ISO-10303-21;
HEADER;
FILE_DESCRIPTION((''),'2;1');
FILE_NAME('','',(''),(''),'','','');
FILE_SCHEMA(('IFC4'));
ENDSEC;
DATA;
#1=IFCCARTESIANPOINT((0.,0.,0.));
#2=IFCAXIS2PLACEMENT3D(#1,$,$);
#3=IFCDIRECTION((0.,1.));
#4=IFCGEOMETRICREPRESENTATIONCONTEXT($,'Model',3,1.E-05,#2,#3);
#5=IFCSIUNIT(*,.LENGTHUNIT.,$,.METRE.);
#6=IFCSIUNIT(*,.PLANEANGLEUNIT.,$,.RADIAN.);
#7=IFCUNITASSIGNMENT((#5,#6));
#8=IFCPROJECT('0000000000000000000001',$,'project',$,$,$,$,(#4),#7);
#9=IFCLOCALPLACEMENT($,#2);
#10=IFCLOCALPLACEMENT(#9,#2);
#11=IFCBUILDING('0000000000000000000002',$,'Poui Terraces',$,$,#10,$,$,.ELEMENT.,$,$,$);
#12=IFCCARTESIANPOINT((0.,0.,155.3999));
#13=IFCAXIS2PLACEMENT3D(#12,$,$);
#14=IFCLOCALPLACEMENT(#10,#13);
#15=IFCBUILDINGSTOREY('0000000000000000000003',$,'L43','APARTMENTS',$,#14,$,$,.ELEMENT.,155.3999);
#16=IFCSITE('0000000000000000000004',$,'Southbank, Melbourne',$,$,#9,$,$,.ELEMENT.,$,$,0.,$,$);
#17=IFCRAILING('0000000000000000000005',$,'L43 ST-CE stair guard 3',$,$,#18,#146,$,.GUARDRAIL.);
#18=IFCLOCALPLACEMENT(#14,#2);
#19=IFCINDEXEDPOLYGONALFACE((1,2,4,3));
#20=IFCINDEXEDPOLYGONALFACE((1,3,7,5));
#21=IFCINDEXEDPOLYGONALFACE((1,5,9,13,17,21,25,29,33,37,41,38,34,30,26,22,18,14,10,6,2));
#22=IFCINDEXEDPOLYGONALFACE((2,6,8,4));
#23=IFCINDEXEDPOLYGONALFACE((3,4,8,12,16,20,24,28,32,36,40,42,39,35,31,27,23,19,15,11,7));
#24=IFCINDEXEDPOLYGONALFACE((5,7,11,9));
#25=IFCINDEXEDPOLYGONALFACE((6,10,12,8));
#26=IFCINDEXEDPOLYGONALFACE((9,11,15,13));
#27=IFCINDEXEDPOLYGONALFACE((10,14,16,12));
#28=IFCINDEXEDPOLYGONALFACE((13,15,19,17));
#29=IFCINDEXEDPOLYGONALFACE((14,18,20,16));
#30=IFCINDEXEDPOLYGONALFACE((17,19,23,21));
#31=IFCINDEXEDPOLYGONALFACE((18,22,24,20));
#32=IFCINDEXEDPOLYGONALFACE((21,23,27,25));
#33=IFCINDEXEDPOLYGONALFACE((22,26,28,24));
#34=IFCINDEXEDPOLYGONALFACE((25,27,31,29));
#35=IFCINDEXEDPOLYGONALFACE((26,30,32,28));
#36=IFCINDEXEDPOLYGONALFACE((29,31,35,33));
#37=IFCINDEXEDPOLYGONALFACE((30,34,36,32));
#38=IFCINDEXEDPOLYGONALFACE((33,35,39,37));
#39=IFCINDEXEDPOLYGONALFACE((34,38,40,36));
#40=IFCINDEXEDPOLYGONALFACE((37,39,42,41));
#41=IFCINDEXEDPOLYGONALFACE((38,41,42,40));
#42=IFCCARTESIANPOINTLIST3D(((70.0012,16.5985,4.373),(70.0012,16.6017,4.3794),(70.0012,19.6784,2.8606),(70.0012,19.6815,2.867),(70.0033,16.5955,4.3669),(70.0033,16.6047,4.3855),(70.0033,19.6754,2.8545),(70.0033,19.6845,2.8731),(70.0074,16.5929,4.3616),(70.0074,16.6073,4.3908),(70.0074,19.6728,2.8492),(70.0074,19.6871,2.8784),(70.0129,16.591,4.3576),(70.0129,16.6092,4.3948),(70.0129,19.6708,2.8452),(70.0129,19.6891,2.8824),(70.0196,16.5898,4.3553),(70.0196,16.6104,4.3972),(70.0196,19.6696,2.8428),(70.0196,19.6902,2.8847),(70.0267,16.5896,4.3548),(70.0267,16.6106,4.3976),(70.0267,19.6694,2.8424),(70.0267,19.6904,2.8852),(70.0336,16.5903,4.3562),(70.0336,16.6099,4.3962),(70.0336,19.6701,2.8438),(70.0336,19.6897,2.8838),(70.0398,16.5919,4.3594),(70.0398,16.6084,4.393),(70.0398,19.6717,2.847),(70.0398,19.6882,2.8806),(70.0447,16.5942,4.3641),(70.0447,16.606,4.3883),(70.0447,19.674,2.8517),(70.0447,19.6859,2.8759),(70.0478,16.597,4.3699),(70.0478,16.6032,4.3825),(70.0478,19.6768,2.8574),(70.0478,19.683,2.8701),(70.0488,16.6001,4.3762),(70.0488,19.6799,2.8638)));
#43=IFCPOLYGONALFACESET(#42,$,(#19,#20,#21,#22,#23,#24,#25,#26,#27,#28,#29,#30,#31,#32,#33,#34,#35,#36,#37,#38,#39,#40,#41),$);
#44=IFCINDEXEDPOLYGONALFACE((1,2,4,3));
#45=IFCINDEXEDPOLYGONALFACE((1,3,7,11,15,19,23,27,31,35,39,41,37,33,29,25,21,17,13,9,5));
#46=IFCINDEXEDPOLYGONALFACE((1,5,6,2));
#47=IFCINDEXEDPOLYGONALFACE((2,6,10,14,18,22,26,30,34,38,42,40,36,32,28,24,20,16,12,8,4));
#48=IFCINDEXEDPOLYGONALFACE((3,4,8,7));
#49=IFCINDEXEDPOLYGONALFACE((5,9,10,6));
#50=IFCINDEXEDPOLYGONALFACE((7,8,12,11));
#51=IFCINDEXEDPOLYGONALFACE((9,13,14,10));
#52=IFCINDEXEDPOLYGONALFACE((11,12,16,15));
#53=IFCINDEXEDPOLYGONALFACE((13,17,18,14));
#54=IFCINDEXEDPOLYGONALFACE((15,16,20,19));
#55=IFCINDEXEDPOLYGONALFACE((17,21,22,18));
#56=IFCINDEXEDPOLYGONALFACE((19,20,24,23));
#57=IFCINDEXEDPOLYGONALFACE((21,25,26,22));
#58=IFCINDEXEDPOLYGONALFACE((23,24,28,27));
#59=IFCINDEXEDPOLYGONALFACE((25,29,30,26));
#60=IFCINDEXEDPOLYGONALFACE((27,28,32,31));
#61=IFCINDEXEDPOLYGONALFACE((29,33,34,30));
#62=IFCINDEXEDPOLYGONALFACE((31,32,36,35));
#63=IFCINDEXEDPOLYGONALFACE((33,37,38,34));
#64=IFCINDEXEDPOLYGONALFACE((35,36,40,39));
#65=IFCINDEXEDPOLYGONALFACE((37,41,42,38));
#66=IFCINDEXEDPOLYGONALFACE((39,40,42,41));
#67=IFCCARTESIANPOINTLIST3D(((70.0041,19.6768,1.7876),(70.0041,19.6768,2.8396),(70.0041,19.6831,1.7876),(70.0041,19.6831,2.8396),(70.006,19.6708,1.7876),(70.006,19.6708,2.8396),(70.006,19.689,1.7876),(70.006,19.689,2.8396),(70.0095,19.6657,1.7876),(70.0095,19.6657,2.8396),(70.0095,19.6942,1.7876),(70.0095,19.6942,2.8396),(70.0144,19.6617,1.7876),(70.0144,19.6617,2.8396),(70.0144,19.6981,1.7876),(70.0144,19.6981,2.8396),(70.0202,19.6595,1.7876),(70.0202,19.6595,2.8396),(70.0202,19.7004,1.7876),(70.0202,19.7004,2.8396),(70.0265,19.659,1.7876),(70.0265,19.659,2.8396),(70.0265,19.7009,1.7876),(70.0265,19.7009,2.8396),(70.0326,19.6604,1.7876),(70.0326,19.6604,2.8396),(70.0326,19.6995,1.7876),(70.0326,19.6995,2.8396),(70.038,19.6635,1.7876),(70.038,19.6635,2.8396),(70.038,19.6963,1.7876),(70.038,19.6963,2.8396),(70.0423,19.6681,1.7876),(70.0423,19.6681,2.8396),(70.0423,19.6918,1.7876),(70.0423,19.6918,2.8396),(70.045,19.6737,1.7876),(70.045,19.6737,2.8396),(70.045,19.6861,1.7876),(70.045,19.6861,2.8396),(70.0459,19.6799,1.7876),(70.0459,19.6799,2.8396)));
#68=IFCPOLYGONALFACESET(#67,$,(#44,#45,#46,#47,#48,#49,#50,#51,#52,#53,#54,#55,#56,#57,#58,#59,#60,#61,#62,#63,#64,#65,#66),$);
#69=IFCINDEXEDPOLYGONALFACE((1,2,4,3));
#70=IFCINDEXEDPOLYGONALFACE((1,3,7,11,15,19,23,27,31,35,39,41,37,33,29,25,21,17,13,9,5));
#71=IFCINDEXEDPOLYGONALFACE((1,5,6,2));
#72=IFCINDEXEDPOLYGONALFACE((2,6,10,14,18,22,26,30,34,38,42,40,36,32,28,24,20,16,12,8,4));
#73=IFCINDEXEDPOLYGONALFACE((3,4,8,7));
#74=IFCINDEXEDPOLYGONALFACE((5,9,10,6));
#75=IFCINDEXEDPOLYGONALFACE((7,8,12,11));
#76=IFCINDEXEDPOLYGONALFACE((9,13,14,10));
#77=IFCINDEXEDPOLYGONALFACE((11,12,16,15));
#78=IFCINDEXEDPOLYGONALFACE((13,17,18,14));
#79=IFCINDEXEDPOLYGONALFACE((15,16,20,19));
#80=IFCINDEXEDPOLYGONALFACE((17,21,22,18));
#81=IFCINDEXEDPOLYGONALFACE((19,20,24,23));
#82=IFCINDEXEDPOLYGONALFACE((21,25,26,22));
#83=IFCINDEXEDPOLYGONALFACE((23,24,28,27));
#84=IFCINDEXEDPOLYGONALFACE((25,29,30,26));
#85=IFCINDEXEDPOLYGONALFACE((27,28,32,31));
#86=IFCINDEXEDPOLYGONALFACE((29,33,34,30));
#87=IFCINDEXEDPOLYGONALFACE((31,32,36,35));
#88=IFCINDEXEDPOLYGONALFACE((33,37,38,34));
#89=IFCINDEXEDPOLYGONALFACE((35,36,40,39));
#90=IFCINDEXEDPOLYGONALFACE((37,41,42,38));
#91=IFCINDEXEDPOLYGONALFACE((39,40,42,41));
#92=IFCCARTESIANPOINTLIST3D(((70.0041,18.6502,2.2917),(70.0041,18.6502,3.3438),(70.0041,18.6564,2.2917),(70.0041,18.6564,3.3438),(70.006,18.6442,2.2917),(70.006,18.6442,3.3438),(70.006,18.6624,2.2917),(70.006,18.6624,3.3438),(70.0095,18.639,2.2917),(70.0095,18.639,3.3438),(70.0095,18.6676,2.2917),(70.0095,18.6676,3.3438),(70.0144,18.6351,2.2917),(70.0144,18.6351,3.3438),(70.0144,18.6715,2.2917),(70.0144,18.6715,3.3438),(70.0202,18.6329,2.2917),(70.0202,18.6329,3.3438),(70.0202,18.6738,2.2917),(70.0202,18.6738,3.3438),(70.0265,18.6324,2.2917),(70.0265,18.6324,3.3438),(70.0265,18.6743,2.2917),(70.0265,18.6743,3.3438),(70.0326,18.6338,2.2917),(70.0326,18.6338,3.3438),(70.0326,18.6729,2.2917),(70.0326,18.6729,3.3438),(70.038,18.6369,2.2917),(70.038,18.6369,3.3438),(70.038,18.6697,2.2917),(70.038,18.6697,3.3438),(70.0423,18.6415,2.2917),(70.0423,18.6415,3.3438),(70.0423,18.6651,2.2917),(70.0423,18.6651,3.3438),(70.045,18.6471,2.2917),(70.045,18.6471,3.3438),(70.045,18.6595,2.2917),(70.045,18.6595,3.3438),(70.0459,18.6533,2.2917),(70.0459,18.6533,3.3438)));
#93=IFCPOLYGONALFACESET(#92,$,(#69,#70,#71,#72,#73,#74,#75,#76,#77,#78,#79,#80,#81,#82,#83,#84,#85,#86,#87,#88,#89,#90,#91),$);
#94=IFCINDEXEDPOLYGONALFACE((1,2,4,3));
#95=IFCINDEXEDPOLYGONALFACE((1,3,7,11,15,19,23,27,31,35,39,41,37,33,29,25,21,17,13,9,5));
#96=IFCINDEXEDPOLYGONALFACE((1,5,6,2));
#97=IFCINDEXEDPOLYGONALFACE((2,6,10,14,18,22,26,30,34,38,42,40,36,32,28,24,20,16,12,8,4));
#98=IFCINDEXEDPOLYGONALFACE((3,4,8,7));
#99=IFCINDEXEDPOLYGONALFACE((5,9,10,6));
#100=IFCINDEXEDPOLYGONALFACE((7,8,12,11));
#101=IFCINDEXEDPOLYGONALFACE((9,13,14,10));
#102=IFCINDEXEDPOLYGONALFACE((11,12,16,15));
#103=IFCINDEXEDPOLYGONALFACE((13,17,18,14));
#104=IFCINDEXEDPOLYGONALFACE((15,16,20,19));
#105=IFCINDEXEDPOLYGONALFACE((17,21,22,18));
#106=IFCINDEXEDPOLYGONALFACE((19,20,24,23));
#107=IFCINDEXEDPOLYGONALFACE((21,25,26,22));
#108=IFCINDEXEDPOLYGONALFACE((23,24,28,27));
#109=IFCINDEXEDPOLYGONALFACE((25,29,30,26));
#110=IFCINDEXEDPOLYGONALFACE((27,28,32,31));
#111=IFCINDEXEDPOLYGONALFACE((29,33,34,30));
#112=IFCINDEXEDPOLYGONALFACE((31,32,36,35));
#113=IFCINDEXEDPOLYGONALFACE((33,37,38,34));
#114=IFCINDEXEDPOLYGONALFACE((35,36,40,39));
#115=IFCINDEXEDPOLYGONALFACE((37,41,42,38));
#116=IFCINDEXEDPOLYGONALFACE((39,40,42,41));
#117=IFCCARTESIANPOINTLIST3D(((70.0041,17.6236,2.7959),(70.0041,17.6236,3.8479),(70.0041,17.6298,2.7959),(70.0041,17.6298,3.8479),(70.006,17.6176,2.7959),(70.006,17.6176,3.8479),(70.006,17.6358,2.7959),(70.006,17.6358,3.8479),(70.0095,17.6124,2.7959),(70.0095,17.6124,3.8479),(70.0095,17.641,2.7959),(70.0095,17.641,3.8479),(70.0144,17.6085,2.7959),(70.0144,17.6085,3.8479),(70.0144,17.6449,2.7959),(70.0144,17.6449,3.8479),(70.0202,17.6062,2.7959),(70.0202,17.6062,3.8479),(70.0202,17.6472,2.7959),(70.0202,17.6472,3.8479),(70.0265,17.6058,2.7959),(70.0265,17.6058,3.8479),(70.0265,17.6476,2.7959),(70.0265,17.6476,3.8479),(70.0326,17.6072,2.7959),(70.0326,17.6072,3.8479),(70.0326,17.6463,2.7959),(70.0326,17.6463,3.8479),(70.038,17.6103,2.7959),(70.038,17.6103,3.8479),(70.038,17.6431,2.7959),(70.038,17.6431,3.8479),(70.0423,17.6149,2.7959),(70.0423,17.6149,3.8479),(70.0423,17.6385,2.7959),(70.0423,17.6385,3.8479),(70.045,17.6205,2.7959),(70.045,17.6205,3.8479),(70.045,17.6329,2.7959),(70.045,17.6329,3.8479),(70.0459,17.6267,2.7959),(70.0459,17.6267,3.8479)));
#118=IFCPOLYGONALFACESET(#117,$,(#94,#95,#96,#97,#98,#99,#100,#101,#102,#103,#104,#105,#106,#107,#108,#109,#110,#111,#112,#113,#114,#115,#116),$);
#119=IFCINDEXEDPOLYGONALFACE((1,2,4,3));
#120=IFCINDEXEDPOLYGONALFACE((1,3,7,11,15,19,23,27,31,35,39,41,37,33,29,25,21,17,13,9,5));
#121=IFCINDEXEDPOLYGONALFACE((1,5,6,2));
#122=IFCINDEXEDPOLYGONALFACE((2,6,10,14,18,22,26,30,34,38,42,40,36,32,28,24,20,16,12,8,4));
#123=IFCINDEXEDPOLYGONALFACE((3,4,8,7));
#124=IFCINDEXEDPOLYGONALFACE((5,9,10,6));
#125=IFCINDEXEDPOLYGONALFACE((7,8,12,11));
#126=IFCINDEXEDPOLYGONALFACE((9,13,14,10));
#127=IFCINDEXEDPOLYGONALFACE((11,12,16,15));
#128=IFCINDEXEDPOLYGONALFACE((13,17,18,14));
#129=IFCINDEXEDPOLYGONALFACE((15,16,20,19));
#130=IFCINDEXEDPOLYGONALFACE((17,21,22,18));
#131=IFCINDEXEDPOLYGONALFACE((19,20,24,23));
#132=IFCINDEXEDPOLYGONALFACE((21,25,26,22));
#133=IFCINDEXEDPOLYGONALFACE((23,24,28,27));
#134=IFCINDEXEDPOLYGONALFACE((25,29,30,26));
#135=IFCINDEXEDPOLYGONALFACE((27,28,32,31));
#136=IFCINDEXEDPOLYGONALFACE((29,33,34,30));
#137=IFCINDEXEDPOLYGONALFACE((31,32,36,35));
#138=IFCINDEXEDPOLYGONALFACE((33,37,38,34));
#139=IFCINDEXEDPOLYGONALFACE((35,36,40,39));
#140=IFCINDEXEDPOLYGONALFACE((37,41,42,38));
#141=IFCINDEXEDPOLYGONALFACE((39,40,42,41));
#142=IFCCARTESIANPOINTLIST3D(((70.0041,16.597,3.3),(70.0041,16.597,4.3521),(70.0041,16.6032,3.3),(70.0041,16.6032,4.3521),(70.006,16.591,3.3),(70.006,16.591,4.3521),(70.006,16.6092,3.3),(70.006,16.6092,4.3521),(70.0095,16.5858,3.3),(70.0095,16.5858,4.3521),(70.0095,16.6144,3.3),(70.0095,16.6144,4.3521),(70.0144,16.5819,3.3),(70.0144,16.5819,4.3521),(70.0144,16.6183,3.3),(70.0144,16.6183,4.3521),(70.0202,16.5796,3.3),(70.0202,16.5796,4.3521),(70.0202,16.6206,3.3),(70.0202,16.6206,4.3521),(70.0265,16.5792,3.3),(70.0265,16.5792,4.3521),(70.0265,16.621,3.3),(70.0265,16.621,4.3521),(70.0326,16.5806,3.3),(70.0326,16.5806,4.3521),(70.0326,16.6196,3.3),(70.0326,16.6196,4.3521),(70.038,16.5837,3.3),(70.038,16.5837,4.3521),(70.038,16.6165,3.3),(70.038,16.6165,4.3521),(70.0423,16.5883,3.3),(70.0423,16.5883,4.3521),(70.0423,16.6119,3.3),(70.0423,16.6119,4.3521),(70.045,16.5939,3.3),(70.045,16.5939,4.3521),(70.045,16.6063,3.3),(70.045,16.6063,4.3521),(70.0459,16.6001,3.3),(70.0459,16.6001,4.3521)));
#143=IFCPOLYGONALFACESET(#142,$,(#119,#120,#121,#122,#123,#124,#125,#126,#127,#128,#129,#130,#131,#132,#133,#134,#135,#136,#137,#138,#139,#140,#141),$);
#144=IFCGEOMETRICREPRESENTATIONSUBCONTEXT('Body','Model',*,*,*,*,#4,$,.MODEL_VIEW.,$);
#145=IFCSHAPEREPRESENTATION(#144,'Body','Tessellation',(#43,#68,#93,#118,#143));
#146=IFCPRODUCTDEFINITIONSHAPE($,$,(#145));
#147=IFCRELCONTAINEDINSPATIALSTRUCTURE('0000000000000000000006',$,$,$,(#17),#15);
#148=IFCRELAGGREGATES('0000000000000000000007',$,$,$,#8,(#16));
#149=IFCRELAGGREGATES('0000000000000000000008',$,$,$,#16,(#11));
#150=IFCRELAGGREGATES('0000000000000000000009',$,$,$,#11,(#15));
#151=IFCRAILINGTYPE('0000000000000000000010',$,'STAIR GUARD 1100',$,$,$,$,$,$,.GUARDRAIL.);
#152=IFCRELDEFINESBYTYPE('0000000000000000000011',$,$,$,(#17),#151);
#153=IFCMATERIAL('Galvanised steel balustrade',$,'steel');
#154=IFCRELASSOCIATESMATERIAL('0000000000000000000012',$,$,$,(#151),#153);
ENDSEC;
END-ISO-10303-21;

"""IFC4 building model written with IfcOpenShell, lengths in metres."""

from ifc_helpers import new_model, si_unit, direction, frame, origin, origin_2d, place, context, subcontext, project, spatial, circle, extrude, material, type_object, element, save


model = new_model("IFC4")

# Units and contexts
model_context = context("Model", 3, precision=1e-05, world=origin(), true_north=direction((0.0, 1.0)))
body_context = subcontext(model_context, "Body", "Model", "MODEL_VIEW")
ifc_project = project(units=[si_unit("LENGTHUNIT", "METRE"), si_unit("PLANEANGLEUNIT", "RADIAN")], contexts=[model_context])

# Site, building, storey
site_placement = place(None, origin())
site = spatial("IfcSite", under=ifc_project, at=site_placement, Name="Southbank, Melbourne", CompositionType="ELEMENT", RefElevation=0.0)
building_placement = place(site_placement, origin())
building = spatial("IfcBuilding", under=site, at=building_placement, Name="Poui Terraces", CompositionType="ELEMENT")
storey_placement = place(building_placement, frame((0.0, 0.0, 155.3999)))
storey = spatial("IfcBuildingStorey", under=building, at=storey_placement, Name="L43", Description="APARTMENTS", CompositionType="ELEMENT", Elevation=155.3999)

# Railing
ifc_material_1 = material(Name="Galvanised steel balustrade", Category="steel")
railing_type_1 = type_object("IfcRailingType", Name="STAIR GUARD 1100", PredefinedType="GUARDRAIL", material=ifc_material_1)
railing_1_placement = place(storey_placement, frame((70.0249, 19.6799, 1.7876)))
element("IfcRailing", 1, at=railing_1_placement, inside=storey, type_object=railing_type_1, Name="L43 ST-CE stair guard 3", PredefinedType="GUARDRAIL", context=body_context, shape_type="SweptSolid", body=[
    extrude(circle(Radius=0.0239, at=origin_2d()), frame((0.0, 0.0, 1.0762), z_axis=(0.0, -0.897606, 0.440798), x_axis=(1.0, 0.0, 0.0)), (0.0, 0.0, 1.0), 3.4312),
    extrude(circle(Radius=0.021, at=origin_2d()), origin(), (0.0, 0.0, 1.0), 1.052),
    extrude(circle(Radius=0.021, at=origin_2d()), frame((0.0, -1.0266, 0.5042)), (0.0, 0.0, 1.0), 1.052),
    extrude(circle(Radius=0.021, at=origin_2d()), frame((0.0, -2.0532, 1.0083)), (0.0, 0.0, 1.0), 1.052),
    extrude(circle(Radius=0.021, at=origin_2d()), frame((0.0, -3.0798, 1.5125)), (0.0, 0.0, 1.0), 1.052),
])

save(model, "model.ifc")
